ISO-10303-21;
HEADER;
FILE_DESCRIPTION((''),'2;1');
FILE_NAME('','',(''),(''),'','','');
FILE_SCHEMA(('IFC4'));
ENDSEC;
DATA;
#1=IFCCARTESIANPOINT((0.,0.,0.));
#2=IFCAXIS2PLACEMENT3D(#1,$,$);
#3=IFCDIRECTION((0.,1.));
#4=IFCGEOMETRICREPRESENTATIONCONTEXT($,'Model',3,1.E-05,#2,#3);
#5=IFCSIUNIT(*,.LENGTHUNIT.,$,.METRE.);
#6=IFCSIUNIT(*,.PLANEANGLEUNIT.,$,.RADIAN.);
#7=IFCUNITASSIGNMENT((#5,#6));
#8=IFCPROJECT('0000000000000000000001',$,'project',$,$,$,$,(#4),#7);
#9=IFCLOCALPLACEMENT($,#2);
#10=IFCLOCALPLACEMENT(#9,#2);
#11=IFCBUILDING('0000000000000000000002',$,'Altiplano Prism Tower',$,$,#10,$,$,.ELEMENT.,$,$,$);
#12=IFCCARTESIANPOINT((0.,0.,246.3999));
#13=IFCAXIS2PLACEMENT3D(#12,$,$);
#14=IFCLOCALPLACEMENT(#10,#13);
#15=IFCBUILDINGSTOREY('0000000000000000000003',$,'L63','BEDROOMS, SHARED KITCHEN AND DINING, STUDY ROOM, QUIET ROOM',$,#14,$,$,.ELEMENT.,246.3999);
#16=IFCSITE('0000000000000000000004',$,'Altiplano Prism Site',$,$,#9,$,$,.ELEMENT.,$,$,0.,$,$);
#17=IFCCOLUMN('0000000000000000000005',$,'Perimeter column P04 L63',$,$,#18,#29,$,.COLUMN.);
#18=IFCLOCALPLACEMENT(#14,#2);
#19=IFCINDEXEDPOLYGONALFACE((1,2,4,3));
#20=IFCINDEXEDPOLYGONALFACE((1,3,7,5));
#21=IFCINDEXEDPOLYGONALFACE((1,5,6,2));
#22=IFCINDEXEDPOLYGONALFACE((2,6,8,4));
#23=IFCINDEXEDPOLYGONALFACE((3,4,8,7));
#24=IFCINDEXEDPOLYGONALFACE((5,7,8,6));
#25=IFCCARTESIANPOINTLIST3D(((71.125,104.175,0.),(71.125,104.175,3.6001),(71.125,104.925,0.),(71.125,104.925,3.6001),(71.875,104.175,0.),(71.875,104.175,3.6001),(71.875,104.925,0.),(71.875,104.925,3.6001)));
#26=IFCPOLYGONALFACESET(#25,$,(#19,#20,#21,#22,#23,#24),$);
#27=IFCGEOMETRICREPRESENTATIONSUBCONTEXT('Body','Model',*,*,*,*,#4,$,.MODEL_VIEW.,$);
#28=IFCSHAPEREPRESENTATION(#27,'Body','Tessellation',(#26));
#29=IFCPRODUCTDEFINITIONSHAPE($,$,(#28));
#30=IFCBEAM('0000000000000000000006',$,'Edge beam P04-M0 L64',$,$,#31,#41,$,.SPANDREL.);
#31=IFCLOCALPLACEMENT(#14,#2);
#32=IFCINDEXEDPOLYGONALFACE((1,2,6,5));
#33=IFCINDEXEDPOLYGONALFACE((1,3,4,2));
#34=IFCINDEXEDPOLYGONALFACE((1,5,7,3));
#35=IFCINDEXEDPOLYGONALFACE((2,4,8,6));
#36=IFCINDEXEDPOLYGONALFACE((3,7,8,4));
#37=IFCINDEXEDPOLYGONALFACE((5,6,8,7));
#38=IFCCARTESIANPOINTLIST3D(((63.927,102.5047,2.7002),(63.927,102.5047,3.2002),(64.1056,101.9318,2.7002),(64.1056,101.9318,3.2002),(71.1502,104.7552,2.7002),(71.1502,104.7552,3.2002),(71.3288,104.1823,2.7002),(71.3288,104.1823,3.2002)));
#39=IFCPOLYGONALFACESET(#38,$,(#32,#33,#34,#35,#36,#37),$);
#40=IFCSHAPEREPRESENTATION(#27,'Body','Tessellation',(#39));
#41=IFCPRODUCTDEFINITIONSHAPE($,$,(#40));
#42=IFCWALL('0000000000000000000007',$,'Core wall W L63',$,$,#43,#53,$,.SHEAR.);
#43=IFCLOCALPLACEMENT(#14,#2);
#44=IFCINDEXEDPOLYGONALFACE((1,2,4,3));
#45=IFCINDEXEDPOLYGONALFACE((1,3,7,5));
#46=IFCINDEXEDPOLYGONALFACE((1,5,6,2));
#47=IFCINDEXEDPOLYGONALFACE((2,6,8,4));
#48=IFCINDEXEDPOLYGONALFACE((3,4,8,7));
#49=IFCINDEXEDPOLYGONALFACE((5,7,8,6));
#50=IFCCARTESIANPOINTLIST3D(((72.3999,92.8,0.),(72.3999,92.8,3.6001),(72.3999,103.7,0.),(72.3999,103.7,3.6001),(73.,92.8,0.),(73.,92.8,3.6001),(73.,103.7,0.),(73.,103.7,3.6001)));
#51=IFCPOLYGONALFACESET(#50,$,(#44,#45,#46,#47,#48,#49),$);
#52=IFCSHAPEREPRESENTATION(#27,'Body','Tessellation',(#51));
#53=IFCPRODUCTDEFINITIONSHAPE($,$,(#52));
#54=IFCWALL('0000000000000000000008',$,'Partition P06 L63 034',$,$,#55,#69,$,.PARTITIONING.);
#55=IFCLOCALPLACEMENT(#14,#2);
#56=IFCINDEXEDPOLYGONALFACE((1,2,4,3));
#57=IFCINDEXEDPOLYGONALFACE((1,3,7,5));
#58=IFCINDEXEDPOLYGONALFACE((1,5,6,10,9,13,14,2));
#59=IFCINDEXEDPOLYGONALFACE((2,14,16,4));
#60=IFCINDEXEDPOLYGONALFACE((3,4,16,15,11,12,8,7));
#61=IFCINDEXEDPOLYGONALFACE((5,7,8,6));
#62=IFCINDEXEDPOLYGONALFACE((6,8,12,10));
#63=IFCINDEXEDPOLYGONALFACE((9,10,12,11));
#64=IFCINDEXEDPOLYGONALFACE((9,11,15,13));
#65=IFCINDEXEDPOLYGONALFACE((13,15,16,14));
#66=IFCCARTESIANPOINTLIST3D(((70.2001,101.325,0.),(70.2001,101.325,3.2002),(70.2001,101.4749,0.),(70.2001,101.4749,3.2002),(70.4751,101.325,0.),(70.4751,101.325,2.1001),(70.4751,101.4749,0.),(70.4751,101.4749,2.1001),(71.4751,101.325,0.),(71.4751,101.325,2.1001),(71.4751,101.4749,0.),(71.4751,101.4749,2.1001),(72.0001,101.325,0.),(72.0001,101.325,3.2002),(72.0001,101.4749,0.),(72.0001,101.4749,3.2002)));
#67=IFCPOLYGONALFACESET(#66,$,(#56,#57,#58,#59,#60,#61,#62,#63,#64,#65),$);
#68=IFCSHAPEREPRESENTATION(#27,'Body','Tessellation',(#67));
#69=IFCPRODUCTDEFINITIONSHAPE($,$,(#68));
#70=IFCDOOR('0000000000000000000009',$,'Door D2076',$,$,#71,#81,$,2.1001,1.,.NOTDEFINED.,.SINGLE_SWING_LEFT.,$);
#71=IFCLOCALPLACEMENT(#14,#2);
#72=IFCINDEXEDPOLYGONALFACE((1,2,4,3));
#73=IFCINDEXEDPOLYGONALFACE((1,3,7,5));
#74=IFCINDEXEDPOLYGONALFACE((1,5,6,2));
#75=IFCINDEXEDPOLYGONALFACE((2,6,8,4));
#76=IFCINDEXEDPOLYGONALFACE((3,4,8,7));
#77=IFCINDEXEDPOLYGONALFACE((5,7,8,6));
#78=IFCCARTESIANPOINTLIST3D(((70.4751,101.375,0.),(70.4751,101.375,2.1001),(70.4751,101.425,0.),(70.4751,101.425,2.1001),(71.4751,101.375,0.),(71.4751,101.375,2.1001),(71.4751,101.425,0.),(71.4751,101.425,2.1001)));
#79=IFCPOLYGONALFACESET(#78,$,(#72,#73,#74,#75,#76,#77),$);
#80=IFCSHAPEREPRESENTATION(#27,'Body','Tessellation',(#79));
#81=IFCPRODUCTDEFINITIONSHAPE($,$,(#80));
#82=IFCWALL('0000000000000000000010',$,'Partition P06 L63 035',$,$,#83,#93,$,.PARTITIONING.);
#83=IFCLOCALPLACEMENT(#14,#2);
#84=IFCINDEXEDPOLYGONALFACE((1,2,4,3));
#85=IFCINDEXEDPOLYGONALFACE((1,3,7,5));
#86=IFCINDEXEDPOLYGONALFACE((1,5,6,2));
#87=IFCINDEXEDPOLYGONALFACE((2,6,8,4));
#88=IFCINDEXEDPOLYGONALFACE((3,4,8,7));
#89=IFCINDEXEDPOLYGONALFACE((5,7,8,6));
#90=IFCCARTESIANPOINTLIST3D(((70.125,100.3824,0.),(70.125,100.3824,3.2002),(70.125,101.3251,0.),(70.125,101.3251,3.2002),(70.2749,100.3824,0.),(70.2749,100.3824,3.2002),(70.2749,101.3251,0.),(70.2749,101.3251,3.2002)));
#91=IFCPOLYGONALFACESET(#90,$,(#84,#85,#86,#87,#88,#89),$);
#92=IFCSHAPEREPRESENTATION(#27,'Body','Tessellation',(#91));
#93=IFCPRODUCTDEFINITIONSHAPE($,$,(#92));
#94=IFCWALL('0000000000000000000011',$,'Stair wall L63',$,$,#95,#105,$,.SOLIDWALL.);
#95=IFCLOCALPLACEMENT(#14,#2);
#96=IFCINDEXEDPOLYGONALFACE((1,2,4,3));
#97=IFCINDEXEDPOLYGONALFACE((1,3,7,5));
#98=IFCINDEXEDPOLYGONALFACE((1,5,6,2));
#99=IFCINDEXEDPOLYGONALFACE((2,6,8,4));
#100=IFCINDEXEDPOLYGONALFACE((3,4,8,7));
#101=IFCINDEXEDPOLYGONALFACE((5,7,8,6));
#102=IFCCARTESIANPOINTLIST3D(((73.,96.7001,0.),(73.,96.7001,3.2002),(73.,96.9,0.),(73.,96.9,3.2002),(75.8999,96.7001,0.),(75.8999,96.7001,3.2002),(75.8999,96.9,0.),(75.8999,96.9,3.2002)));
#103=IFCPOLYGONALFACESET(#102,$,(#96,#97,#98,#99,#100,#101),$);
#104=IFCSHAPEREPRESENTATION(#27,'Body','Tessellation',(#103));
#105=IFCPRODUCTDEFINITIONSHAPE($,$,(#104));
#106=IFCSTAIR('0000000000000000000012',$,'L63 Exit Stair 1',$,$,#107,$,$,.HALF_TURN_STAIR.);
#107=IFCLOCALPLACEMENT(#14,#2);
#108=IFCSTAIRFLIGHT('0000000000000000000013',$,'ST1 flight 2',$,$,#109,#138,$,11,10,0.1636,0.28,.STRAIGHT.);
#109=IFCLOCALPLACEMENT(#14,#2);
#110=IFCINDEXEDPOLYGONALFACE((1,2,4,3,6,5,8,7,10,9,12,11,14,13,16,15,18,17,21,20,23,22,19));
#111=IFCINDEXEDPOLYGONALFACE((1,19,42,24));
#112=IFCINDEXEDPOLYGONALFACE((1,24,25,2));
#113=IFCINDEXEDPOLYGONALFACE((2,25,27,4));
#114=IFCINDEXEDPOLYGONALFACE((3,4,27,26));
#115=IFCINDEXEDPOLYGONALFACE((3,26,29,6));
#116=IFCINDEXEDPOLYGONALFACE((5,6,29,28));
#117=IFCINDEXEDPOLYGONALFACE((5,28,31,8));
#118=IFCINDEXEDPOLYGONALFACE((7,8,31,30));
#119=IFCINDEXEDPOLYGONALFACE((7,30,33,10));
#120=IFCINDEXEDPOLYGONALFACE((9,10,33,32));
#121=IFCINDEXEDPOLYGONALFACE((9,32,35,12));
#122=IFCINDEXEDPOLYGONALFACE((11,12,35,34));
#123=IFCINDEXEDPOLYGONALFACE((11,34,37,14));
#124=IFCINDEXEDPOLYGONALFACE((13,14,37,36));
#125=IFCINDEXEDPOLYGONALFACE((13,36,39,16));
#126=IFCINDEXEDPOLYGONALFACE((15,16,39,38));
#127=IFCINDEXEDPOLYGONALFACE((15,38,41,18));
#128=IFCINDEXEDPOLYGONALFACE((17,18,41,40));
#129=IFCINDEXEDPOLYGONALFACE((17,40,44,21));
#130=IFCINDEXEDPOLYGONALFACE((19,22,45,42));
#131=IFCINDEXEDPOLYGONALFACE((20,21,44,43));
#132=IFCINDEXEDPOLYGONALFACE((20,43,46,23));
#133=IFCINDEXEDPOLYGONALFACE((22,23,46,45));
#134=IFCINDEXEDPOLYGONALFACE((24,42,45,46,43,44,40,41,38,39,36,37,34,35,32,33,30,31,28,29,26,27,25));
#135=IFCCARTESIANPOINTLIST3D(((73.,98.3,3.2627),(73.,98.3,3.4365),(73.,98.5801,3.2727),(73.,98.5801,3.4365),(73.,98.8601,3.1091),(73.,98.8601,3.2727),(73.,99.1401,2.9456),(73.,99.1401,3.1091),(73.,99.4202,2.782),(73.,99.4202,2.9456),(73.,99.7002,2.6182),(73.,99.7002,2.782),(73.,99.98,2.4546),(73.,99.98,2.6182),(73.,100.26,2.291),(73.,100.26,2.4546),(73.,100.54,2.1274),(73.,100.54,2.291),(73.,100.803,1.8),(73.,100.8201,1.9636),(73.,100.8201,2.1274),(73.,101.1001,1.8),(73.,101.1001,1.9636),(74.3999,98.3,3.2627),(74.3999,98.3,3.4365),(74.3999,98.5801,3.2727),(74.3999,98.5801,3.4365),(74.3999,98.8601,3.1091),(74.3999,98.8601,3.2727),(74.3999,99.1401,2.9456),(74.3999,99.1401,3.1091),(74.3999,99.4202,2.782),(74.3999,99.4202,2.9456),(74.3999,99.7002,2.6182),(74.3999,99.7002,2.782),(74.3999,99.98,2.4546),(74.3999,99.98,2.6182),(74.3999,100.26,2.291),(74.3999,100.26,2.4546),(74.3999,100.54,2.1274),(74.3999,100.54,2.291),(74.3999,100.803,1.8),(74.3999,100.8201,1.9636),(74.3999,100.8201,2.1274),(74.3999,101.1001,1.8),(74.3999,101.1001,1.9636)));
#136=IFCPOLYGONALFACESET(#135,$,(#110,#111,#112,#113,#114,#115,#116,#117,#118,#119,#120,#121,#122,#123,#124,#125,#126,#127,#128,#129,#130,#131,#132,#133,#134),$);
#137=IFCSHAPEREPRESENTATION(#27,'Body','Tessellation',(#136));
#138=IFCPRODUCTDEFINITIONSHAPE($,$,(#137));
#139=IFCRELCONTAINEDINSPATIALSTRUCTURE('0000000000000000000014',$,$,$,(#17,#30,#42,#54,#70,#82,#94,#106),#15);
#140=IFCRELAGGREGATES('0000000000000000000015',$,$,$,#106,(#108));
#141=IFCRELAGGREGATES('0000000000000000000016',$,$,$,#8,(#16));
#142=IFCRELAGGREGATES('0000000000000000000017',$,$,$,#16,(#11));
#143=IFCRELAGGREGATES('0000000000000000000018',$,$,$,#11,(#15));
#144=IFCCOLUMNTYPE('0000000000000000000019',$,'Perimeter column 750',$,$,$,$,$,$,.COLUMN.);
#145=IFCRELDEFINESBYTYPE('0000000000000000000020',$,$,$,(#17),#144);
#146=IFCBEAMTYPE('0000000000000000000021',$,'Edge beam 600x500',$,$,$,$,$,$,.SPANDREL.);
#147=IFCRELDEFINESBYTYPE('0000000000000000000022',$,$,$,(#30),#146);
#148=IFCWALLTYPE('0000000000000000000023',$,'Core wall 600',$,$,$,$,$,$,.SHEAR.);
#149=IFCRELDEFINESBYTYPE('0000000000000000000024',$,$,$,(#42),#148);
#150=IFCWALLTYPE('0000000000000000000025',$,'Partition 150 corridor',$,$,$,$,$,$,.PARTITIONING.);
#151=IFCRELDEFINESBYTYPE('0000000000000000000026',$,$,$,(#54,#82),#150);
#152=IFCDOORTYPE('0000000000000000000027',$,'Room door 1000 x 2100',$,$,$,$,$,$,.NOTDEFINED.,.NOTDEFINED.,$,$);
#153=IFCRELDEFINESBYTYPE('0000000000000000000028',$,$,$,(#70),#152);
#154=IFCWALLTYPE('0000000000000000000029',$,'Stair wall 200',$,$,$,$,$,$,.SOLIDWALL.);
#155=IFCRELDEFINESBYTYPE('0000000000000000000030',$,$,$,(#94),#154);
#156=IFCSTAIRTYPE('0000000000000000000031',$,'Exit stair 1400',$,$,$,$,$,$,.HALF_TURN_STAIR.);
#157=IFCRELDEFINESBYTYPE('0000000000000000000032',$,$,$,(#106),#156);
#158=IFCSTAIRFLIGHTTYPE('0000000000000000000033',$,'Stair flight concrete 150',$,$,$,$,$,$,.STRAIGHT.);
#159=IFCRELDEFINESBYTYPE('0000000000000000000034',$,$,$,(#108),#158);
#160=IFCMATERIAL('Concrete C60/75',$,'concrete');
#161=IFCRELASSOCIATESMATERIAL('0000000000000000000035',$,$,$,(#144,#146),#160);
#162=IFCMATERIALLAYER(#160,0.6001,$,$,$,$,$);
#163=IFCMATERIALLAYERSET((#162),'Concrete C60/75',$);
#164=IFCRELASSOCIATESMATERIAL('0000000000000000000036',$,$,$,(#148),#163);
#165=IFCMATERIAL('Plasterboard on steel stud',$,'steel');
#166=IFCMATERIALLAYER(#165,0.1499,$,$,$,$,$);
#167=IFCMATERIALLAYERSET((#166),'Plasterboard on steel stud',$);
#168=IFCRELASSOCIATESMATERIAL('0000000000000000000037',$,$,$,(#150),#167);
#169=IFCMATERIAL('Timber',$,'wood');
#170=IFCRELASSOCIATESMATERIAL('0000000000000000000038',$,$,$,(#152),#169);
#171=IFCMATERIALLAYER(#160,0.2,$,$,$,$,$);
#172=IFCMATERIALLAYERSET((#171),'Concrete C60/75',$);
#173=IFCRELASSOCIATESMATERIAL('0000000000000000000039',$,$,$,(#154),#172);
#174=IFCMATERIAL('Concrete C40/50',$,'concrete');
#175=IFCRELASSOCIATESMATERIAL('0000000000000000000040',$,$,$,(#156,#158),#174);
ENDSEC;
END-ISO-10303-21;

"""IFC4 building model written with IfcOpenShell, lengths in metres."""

from ifc_helpers import new_model, si_unit, direction, frame, frame_2d, origin, origin_2d, place, context, subcontext, project, spatial, polyline, rectangle, outline, extrude, material, layer, layer_set, material_profile, profile_set, type_object, element, fill, aggregate, save


model = new_model("IFC4")

# Units and contexts
model_context = context("Model", 3, precision=1e-05, world=origin(), true_north=direction((0.0, 1.0)))
body_context = subcontext(model_context, "Body", "Model", "MODEL_VIEW")
ifc_project = project(units=[si_unit("LENGTHUNIT", "METRE"), si_unit("PLANEANGLEUNIT", "RADIAN")], contexts=[model_context])

# Site, building, storey
site_placement = place(None, origin())
site = spatial("IfcSite", under=ifc_project, at=site_placement, Name="Altiplano Prism Site", CompositionType="ELEMENT", RefElevation=0.0)
building_placement = place(site_placement, origin())
building = spatial("IfcBuilding", under=site, at=building_placement, Name="Altiplano Prism Tower", CompositionType="ELEMENT")
storey_placement = place(building_placement, frame((0.0, 0.0, 246.3999)))
storey = spatial("IfcBuildingStorey", under=building, at=storey_placement, Name="L63", Description="BEDROOMS, SHARED KITCHEN AND DINING, STUDY ROOM, QUIET ROOM", CompositionType="ELEMENT", Elevation=246.3999)

# Column
ifc_material_1 = material(Name="Concrete C60/75", Category="concrete")
ifc_material_profile_1 = material_profile(ifc_material_1, rectangle(XDim=0.75, YDim=0.75, at=origin_2d()), Name="Perimeter column 750")
ifc_profile_set_1 = profile_set([ifc_material_profile_1], Name="Concrete C60/75")
column_type = type_object("IfcColumnType", Name="Perimeter column 750", PredefinedType="COLUMN", material=ifc_profile_set_1)
column_placement = place(storey_placement, frame((71.5, 104.55, 0.0), z_axis=(0.0, 0.0, 1.0), x_axis=(1.0, 0.0, 0.0)))
element("IfcColumn", 1, at=column_placement, inside=storey, type_object=column_type, Name="Perimeter column P04 L63", PredefinedType="COLUMN", context=body_context, shape_type="SweptSolid", body=[
    extrude(rectangle(XDim=0.75, YDim=0.75, at=origin_2d()), origin(), (0.0, 0.0, 1.0), 3.6001),
])

# Beam
ifc_material_profile_2 = material_profile(ifc_material_1, rectangle(XDim=0.6001, YDim=0.5, at=origin_2d()), Name="Edge beam 600x500")
ifc_profile_set_2 = profile_set([ifc_material_profile_2], Name="Concrete C60/75")
beam_type = type_object("IfcBeamType", Name="Edge beam 600x500", PredefinedType="SPANDREL", material=ifc_profile_set_2)
beam_placement = place(storey_placement, frame((71.2395, 104.4688, 2.9502), z_axis=(-0.954733, -0.297463, 0.0), x_axis=(0.297463, -0.954733, 0.0)))
element("IfcBeam", 2, at=beam_placement, inside=storey, type_object=beam_type, Name="Edge beam P04-M0 L64", PredefinedType="SPANDREL", context=body_context, shape_type="SweptSolid", body=[
    extrude(rectangle(XDim=0.6001, YDim=0.5, at=origin_2d()), origin(), (0.0, 0.0, 1.0), 7.5657),
])

# Wall
ifc_layer_1 = layer(ifc_material_1, 0.6001)
ifc_layer_set_1 = layer_set([ifc_layer_1], Name="Concrete C60/75")
wall_type_1 = type_object("IfcWallType", Name="Core wall 600", PredefinedType="SHEAR", material=ifc_layer_set_1)
wall_1_placement = place(storey_placement, frame((72.7, 103.7, 0.0), z_axis=(0.0, 0.0, 1.0), x_axis=(0.0, -1.0, 0.0)))
element("IfcWall", 3, at=wall_1_placement, inside=storey, type_object=wall_type_1, Name="Core wall W L63", PredefinedType="SHEAR", context=body_context, shape_type="SweptSolid", body=[
    extrude(rectangle(XDim=10.8999, YDim=0.6001, at=frame_2d((5.45, 0.0))), origin(), (0.0, 0.0, 1.0), 3.6001),
])

# Wall, opening, door
ifc_material_2 = material(Name="Plasterboard on steel stud", Category="steel")
ifc_layer_2 = layer(ifc_material_2, 0.1499)
ifc_layer_set_2 = layer_set([ifc_layer_2], Name="Plasterboard on steel stud")
wall_type_2 = type_object("IfcWallType", Name="Partition 150 corridor", PredefinedType="PARTITIONING", material=ifc_layer_set_2)
wall_2_placement = place(storey_placement, frame((72.0, 101.3999, 0.0), z_axis=(0.0, 0.0, 1.0), x_axis=(-1.0, 0.0, 0.0)))
wall_2 = element("IfcWall", 4, at=wall_2_placement, inside=storey, type_object=wall_type_2, Name="Partition P06 L63 034", PredefinedType="PARTITIONING", context=body_context, shape_type="SweptSolid", body=[
    extrude(rectangle(XDim=1.8, YDim=0.1499, at=frame_2d((0.8999, 0.0))), origin(), (0.0, 0.0, 1.0), 3.2002),
])
opening_placement = place(wall_2_placement, frame((0.5249, 0.0, 0.0)))
opening = element("IfcOpeningElement", 5, at=opening_placement, cuts=wall_2, PredefinedType="OPENING", context=body_context, shape_type="SweptSolid", body=[
    extrude(rectangle(XDim=1.0, YDim=2.1001, at=frame_2d((0.5, 1.05))), frame((0.0, 0.0854, 0.0), z_axis=(0.0, -1.0, 0.0), x_axis=(1.0, 0.0, 0.0)), (0.0, 0.0, 1.0), 0.1709),
])
ifc_material_3 = material(Name="Timber", Category="wood")
door_type = type_object("IfcDoorType", Name="Room door 1000 x 2100", OperationType="NOTDEFINED", PredefinedType="NOTDEFINED", material=ifc_material_3)
door_placement = place(opening_placement, origin())
door = element("IfcDoor", 6, at=door_placement, inside=storey, type_object=door_type, Name="Door D2076", OperationType="SINGLE_SWING_LEFT", OverallHeight=2.1001, OverallWidth=1.0, PredefinedType="NOTDEFINED", context=body_context, shape_type="SweptSolid", body=[
    extrude(rectangle(XDim=1.0, YDim=2.1001, at=frame_2d((0.5, 1.05))), frame((0.0, 0.0249, 0.0), z_axis=(0.0, -1.0, 0.0), x_axis=(1.0, 0.0, 0.0)), (0.0, 0.0, 1.0), 0.05),
])
fill(opening, door)

# Walls
wall_3_placement = place(storey_placement, frame((70.2, 101.325, 0.0), z_axis=(0.0, 0.0, 1.0), x_axis=(0.0, -1.0, 0.0)))
element("IfcWall", 7, at=wall_3_placement, inside=storey, type_object=wall_type_2, Name="Partition P06 L63 035", PredefinedType="PARTITIONING", context=body_context, shape_type="SweptSolid", body=[
    extrude(rectangle(XDim=0.9426, YDim=0.1499, at=frame_2d((0.4712, 0.0))), origin(), (0.0, 0.0, 1.0), 3.2002),
])
ifc_layer_3 = layer(ifc_material_1, 0.2)
ifc_layer_set_3 = layer_set([ifc_layer_3], Name="Concrete C60/75")
wall_type_3 = type_object("IfcWallType", Name="Stair wall 200", PredefinedType="SOLIDWALL", material=ifc_layer_set_3)
wall_4_placement = place(storey_placement, frame((73.0, 96.8, 0.0), z_axis=(0.0, 0.0, 1.0), x_axis=(1.0, 0.0, 0.0)))
element("IfcWall", 8, at=wall_4_placement, inside=storey, type_object=wall_type_3, Name="Stair wall L63", PredefinedType="SOLIDWALL", context=body_context, shape_type="SweptSolid", body=[
    extrude(rectangle(XDim=2.8999, YDim=0.2, at=frame_2d((1.45, 0.0))), origin(), (0.0, 0.0, 1.0), 3.2002),
])

# Stair, stair flight
ifc_material_4 = material(Name="Concrete C40/50", Category="concrete")
stair_type = type_object("IfcStairType", Name="Exit stair 1400", PredefinedType="HALF_TURN_STAIR", material=ifc_material_4)
stair_placement = place(storey_placement, origin())
stair = element("IfcStair", 9, at=stair_placement, inside=storey, type_object=stair_type, Name="L63 Exit Stair 1", PredefinedType="HALF_TURN_STAIR")
stair_flight_type = type_object("IfcStairFlightType", Name="Stair flight concrete 150", PredefinedType="STRAIGHT", material=ifc_material_4)
stair_flight_placement = place(storey_placement, frame((73.7, 101.1001, 1.8), z_axis=(0.0, 0.0, 1.0), x_axis=(0.0, -1.0, 0.0)))
stair_flight = element("IfcStairFlight", 10, at=stair_flight_placement, type_object=stair_flight_type, Name="ST1 flight 2", NumberOfRisers=11, NumberOfTreads=10, PredefinedType="STRAIGHT", RiserHeight=0.1636, TreadLength=0.28, context=body_context, shape_type="SweptSolid", body=[
    extrude(outline(polyline([(0.0, 0.0), (0.0, 0.1636), (0.28, 0.1636), (0.28, 0.3274), (0.5601, 0.3274), (0.5601, 0.491), (0.8401, 0.491), (0.8401, 0.6545), (1.1201, 0.6545), (1.1201, 0.8181), (1.3999, 0.8181), (1.3999, 0.9819), (1.6799, 0.9819), (1.6799, 1.1455), (1.96, 1.1455), (1.96, 1.3091), (2.24, 1.3091), (2.24, 1.4727), (2.52, 1.4727), (2.52, 1.6365), (2.8, 1.6365), (2.8, 1.8), (2.8, 1.4626), (0.2971, 0.0), (0.0, 0.0)])), frame((0.0, 0.7, 0.0), z_axis=(0.0, -1.0, 0.0), x_axis=(1.0, 0.0, 0.0)), (0.0, 0.0, 1.0), 1.3999),
])
aggregate(stair, [stair_flight])

save(model, "model.ifc")
